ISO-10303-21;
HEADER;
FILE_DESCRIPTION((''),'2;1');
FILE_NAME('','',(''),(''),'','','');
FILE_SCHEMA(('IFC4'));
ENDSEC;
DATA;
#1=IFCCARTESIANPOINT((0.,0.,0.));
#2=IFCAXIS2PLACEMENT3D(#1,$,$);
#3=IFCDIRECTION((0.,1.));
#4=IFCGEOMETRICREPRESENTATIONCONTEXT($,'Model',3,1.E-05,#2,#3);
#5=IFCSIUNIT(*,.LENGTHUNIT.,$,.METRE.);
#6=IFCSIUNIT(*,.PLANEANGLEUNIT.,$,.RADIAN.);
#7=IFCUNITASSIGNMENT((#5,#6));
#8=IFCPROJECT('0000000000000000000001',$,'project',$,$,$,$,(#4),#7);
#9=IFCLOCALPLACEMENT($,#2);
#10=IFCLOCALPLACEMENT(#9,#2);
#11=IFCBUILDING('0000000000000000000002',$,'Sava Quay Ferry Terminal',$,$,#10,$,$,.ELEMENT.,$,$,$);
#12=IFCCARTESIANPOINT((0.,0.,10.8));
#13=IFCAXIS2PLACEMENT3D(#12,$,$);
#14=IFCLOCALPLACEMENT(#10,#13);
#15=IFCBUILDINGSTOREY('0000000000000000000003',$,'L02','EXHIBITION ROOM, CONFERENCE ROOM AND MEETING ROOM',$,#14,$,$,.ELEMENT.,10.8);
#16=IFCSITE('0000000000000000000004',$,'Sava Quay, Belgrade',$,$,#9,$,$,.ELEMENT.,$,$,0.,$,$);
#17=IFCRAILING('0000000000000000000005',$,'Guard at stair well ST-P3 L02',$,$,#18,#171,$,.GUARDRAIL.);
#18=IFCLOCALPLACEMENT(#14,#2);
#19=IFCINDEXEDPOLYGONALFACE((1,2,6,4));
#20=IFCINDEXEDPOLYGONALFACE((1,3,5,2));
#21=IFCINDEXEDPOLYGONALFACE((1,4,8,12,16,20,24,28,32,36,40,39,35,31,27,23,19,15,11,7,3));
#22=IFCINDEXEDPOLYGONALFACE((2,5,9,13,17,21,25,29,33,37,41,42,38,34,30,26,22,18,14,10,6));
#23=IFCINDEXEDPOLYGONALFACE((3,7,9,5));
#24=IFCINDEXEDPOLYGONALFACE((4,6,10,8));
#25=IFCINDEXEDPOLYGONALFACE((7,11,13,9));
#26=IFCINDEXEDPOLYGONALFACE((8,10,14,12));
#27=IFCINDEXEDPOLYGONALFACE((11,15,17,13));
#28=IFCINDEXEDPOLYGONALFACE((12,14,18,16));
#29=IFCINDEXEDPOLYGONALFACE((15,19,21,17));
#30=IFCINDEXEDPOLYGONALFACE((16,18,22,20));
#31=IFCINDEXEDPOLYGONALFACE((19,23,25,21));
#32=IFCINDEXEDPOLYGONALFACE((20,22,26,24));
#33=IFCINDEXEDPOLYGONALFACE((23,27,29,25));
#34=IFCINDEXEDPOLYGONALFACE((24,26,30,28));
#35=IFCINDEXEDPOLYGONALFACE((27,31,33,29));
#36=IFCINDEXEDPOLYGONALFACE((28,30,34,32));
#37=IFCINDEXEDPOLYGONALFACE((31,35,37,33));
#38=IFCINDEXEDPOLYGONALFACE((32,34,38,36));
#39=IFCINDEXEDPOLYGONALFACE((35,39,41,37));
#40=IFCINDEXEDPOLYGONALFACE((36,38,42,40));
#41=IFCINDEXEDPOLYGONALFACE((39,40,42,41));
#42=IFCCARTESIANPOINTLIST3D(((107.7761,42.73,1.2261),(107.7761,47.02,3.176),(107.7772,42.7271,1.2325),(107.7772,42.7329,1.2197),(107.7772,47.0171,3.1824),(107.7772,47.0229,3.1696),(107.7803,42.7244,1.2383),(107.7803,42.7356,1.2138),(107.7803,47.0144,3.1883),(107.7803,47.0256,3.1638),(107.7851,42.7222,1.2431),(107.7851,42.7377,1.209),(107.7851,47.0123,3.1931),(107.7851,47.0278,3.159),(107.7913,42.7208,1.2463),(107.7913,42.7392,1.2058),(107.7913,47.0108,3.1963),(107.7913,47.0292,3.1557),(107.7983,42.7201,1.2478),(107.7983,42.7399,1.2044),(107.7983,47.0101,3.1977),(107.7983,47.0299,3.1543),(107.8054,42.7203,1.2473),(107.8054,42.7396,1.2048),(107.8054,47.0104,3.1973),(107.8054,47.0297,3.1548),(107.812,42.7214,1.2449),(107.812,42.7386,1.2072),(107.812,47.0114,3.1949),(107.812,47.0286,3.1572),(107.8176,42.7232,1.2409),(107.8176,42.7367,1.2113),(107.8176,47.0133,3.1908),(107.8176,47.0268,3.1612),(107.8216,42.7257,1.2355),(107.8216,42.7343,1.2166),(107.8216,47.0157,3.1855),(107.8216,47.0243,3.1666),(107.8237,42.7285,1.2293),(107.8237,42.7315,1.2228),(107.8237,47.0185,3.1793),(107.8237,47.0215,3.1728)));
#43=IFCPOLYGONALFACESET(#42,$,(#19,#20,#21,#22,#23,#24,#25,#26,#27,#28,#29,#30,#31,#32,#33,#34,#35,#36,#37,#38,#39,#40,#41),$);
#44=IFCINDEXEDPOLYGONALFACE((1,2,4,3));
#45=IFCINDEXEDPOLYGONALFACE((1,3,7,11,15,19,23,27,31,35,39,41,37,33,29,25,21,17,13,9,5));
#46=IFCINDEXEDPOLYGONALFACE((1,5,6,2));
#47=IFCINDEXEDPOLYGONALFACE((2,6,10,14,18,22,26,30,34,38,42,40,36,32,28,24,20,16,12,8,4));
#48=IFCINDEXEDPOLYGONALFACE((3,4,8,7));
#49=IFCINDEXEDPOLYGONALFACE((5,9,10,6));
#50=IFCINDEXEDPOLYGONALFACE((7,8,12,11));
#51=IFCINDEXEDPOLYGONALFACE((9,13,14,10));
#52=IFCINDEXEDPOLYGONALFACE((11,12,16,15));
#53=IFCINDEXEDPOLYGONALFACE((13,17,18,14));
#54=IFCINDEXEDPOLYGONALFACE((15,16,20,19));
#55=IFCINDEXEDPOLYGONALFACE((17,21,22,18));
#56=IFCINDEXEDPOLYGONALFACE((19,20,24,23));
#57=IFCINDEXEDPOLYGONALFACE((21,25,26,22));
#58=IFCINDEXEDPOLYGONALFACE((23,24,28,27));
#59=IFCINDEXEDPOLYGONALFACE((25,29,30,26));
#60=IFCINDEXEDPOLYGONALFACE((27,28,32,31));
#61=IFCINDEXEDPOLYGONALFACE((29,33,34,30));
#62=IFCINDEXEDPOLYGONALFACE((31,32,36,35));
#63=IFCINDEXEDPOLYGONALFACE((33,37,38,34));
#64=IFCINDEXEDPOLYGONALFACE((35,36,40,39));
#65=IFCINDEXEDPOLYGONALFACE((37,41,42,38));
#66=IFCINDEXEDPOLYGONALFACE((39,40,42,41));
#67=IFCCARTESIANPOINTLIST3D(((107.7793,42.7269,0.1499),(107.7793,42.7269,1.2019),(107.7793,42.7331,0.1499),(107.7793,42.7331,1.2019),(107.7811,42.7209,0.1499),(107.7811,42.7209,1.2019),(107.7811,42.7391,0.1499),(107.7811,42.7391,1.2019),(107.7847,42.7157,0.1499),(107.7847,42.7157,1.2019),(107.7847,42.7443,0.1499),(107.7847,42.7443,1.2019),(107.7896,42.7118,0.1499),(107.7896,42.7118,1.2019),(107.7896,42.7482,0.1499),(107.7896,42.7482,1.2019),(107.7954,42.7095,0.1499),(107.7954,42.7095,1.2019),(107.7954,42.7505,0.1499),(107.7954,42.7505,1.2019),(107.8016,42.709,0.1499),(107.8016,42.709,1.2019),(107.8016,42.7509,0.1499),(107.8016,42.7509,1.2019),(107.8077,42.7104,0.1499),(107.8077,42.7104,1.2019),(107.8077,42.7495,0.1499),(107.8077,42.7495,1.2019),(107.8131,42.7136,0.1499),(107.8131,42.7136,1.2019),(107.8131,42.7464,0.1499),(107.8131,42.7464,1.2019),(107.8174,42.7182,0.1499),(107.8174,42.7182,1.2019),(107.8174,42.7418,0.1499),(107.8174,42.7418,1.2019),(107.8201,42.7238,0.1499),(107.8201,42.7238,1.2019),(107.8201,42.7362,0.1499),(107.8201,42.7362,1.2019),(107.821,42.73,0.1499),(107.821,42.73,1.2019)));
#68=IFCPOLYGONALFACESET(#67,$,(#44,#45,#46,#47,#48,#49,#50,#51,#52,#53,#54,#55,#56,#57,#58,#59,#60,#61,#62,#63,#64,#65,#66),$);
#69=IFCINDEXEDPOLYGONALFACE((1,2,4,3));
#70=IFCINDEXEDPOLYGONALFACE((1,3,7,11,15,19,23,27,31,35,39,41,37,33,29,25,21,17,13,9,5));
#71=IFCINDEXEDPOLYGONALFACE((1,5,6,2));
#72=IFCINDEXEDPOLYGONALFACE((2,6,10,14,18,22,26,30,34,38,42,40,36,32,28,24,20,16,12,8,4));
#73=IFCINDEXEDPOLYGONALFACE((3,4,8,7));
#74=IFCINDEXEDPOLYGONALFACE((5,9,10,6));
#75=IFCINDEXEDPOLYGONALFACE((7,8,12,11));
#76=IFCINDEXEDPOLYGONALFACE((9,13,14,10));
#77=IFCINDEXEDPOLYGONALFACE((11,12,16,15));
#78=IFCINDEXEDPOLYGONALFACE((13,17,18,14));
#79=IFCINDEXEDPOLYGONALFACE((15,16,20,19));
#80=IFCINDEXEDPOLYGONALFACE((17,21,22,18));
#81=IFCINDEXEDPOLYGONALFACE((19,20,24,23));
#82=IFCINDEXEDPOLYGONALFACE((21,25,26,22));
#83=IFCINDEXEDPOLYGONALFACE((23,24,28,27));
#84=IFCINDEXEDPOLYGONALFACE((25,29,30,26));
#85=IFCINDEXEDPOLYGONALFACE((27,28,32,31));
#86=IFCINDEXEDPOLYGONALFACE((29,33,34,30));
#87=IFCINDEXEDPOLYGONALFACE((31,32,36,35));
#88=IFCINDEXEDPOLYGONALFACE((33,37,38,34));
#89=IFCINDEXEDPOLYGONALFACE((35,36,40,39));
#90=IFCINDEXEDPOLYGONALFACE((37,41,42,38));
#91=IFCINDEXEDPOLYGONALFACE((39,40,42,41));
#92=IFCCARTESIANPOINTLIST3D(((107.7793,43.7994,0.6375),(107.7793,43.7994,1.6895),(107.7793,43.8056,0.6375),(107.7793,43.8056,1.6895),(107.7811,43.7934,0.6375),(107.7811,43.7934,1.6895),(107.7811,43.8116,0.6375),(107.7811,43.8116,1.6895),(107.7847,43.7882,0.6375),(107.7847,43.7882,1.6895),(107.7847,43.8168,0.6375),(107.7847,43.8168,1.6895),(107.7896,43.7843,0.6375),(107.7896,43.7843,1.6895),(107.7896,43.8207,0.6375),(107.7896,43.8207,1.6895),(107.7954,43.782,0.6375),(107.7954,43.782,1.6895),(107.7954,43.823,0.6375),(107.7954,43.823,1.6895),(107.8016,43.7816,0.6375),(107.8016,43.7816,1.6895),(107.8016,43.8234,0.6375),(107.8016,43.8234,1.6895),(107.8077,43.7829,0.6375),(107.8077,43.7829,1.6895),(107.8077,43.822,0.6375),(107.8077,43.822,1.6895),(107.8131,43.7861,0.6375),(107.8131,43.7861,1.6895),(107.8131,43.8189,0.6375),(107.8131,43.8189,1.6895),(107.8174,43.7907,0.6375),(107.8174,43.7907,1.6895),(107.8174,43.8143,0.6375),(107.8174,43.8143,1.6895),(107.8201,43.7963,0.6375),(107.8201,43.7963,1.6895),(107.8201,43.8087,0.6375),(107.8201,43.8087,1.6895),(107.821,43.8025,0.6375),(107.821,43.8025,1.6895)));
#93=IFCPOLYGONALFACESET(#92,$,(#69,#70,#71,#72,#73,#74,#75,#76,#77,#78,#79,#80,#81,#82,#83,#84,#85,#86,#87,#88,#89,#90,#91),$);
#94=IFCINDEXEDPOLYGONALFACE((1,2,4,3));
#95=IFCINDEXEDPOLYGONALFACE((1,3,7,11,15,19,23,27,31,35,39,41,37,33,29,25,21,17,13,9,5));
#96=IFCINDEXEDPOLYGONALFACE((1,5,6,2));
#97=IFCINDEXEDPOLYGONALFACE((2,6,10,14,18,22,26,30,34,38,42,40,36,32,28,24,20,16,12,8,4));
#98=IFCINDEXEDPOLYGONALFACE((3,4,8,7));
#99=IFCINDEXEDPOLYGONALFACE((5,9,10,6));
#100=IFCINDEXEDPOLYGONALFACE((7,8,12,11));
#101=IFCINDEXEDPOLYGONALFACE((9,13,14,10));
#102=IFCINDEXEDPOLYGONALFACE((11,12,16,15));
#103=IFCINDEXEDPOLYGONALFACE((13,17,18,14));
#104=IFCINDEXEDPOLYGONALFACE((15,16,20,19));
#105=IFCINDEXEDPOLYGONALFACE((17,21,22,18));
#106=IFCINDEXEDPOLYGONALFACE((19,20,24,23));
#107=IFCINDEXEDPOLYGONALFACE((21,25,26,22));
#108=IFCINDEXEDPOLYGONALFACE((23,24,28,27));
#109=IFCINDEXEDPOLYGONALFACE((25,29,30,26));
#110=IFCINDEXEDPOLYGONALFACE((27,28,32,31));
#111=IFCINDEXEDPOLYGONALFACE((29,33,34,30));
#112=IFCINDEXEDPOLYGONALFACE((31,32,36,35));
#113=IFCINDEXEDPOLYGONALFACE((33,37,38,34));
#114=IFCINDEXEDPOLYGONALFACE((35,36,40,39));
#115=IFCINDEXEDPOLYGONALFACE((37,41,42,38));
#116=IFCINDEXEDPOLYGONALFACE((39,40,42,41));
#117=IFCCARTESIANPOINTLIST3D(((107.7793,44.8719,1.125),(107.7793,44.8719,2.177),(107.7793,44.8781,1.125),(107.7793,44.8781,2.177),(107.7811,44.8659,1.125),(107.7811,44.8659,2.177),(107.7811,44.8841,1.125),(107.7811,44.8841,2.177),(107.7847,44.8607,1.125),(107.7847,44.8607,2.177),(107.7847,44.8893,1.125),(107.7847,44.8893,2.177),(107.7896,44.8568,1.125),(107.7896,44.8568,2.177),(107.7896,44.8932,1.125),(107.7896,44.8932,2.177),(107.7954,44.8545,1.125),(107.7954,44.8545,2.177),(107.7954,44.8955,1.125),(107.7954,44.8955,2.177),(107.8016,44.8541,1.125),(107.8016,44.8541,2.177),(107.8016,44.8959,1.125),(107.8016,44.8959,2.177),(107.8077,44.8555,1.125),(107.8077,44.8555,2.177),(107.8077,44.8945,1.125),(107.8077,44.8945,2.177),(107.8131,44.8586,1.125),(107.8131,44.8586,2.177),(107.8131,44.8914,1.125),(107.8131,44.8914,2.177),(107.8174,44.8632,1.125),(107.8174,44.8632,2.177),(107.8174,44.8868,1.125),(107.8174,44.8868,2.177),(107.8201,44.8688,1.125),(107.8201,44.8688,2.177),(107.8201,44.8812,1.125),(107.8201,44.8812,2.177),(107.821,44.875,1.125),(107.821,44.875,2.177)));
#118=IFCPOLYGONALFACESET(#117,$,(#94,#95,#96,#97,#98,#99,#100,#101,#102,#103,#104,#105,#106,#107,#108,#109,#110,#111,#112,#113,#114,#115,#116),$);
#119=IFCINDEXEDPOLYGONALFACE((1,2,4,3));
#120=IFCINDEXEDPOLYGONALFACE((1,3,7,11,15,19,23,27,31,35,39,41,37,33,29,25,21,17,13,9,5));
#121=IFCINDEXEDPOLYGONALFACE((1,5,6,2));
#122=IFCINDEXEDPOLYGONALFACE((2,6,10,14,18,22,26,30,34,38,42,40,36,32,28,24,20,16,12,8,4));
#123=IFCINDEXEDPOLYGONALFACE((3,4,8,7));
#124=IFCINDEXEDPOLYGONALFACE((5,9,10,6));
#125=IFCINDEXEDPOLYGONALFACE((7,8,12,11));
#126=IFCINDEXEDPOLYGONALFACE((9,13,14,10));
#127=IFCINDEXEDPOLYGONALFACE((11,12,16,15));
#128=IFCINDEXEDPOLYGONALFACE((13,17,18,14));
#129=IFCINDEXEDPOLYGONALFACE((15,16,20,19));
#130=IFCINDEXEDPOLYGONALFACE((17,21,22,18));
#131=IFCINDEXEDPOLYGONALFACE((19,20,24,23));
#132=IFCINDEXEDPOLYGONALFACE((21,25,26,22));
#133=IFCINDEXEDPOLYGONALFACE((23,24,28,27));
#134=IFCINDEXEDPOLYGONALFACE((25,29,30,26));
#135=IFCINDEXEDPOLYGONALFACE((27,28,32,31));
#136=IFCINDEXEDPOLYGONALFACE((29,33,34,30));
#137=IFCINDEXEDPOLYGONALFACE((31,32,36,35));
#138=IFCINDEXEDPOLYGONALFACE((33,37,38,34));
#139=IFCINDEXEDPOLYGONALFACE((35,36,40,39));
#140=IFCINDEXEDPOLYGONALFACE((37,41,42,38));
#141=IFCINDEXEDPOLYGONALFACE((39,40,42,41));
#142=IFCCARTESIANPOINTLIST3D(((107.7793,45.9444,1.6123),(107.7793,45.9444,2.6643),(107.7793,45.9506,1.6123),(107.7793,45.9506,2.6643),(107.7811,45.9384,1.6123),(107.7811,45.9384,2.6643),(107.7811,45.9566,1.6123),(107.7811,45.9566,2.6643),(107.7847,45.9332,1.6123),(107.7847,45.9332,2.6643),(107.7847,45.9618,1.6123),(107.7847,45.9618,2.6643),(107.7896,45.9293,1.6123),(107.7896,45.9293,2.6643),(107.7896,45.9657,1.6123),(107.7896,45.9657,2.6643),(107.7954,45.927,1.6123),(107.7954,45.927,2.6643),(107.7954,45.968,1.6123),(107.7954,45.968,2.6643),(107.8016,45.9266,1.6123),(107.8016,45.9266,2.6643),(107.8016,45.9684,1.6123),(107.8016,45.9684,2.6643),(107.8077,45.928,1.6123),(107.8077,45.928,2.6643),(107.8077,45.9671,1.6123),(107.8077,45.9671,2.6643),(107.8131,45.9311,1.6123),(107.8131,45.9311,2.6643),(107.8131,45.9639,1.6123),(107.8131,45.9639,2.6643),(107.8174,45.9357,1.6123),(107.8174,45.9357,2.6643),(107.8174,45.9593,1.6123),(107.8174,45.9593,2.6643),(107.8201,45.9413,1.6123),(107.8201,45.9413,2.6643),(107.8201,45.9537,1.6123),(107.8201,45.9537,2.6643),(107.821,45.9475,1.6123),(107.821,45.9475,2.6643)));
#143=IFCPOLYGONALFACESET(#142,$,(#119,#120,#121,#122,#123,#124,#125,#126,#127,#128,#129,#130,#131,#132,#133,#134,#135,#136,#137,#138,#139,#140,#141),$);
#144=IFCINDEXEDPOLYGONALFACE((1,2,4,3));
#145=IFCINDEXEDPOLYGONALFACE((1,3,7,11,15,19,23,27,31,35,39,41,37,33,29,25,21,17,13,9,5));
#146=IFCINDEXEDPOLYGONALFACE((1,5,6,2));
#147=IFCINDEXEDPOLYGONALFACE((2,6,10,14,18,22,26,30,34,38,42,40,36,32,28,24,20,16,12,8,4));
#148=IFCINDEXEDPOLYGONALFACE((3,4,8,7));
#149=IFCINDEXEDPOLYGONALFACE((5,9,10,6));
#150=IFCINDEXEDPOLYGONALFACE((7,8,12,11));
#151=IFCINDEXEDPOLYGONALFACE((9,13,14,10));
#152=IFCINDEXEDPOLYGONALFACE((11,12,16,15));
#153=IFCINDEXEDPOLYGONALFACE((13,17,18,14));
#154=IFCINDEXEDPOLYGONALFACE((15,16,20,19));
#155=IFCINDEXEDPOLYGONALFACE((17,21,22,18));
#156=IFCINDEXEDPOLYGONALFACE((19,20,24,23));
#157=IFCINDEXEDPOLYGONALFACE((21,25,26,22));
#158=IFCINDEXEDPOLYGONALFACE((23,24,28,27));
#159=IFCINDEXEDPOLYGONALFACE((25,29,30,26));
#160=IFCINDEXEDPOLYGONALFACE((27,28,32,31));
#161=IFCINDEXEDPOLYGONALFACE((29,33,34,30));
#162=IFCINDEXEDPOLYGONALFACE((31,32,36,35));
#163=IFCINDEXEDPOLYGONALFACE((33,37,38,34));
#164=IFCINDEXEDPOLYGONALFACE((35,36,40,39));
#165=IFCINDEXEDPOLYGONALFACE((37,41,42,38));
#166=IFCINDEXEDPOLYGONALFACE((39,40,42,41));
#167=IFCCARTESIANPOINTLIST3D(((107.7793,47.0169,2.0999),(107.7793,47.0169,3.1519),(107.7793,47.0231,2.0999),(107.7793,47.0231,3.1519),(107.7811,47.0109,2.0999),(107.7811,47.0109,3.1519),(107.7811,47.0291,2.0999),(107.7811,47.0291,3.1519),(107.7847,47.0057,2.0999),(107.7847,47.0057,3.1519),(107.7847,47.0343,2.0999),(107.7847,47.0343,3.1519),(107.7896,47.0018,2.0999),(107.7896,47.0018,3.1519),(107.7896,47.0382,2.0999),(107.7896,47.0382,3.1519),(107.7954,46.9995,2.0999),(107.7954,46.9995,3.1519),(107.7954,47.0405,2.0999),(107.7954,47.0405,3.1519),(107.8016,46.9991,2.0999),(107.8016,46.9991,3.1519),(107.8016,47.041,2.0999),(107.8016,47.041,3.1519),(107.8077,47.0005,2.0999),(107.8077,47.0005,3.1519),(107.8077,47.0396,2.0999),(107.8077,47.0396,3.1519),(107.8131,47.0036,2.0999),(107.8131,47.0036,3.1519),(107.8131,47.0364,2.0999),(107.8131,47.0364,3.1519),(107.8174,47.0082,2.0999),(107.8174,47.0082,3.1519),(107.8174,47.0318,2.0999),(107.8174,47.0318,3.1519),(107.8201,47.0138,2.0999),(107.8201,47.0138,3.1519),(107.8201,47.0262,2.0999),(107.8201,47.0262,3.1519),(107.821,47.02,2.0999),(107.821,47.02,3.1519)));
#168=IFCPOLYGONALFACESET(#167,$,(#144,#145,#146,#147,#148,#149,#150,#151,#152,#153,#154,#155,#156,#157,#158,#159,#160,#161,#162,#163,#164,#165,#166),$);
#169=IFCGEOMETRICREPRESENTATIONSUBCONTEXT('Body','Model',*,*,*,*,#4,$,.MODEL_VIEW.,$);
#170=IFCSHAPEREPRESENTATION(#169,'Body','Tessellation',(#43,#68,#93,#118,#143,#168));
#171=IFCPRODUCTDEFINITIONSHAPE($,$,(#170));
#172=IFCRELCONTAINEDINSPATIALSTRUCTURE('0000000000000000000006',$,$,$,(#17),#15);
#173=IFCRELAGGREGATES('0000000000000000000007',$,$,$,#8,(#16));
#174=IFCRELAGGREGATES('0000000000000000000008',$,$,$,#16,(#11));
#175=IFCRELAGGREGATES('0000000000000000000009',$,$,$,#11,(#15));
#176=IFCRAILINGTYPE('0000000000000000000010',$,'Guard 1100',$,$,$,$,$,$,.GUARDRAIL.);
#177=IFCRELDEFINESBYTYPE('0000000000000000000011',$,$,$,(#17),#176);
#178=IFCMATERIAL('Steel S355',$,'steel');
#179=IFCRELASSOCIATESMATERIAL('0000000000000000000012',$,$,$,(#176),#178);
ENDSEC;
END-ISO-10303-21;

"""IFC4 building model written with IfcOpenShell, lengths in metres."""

from ifc_helpers import new_model, si_unit, direction, frame, origin, origin_2d, place, context, subcontext, project, spatial, circle, extrude, material, type_object, element, save


model = new_model("IFC4")

# Units and contexts
model_context = context("Model", 3, precision=1e-05, world=origin(), true_north=direction((0.0, 1.0)))
body_context = subcontext(model_context, "Body", "Model", "MODEL_VIEW")
ifc_project = project(units=[si_unit("LENGTHUNIT", "METRE"), si_unit("PLANEANGLEUNIT", "RADIAN")], contexts=[model_context])

# Site, building, storey
site_placement = place(None, origin())
site = spatial("IfcSite", under=ifc_project, at=site_placement, Name="Sava Quay, Belgrade", CompositionType="ELEMENT", RefElevation=0.0)
building_placement = place(site_placement, origin())
building = spatial("IfcBuilding", under=site, at=building_placement, Name="Sava Quay Ferry Terminal", CompositionType="ELEMENT")
storey_placement = place(building_placement, frame((0.0, 0.0, 10.8)))
storey = spatial("IfcBuildingStorey", under=building, at=storey_placement, Name="L02", Description="EXHIBITION ROOM, CONFERENCE ROOM AND MEETING ROOM", CompositionType="ELEMENT", Elevation=10.8)

# Railing
ifc_material_1 = material(Name="Steel S355", Category="steel")
railing_type_1 = type_object("IfcRailingType", Name="Guard 1100", PredefinedType="GUARDRAIL", material=ifc_material_1)
railing_1_placement = place(storey_placement, frame((107.8, 42.73, 0.1499)))
element("IfcRailing", 1, at=railing_1_placement, inside=storey, type_object=railing_type_1, Name="Guard at stair well ST-P3 L02", PredefinedType="GUARDRAIL", context=body_context, shape_type="SweptSolid", body=[
    extrude(circle(Radius=0.0239, at=origin_2d()), frame((0.0, 0.0, 1.0762), z_axis=(0.0, 0.910372, 0.413791), x_axis=(-1.0, 0.0, 0.0)), (0.0, 0.0, 1.0), 4.7124),
    extrude(circle(Radius=0.021, at=origin_2d()), origin(), (0.0, 0.0, 1.0), 1.052),
    extrude(circle(Radius=0.021, at=origin_2d()), frame((0.0, 1.0725, 0.4875)), (0.0, 0.0, 1.0), 1.052),
    extrude(circle(Radius=0.021, at=origin_2d()), frame((0.0, 2.145, 0.9751)), (0.0, 0.0, 1.0), 1.052),
    extrude(circle(Radius=0.021, at=origin_2d()), frame((0.0, 3.2175, 1.4624)), (0.0, 0.0, 1.0), 1.052),
    extrude(circle(Radius=0.021, at=origin_2d()), frame((0.0, 4.29, 1.95)), (0.0, 0.0, 1.0), 1.052),
])

save(model, "model.ifc")
